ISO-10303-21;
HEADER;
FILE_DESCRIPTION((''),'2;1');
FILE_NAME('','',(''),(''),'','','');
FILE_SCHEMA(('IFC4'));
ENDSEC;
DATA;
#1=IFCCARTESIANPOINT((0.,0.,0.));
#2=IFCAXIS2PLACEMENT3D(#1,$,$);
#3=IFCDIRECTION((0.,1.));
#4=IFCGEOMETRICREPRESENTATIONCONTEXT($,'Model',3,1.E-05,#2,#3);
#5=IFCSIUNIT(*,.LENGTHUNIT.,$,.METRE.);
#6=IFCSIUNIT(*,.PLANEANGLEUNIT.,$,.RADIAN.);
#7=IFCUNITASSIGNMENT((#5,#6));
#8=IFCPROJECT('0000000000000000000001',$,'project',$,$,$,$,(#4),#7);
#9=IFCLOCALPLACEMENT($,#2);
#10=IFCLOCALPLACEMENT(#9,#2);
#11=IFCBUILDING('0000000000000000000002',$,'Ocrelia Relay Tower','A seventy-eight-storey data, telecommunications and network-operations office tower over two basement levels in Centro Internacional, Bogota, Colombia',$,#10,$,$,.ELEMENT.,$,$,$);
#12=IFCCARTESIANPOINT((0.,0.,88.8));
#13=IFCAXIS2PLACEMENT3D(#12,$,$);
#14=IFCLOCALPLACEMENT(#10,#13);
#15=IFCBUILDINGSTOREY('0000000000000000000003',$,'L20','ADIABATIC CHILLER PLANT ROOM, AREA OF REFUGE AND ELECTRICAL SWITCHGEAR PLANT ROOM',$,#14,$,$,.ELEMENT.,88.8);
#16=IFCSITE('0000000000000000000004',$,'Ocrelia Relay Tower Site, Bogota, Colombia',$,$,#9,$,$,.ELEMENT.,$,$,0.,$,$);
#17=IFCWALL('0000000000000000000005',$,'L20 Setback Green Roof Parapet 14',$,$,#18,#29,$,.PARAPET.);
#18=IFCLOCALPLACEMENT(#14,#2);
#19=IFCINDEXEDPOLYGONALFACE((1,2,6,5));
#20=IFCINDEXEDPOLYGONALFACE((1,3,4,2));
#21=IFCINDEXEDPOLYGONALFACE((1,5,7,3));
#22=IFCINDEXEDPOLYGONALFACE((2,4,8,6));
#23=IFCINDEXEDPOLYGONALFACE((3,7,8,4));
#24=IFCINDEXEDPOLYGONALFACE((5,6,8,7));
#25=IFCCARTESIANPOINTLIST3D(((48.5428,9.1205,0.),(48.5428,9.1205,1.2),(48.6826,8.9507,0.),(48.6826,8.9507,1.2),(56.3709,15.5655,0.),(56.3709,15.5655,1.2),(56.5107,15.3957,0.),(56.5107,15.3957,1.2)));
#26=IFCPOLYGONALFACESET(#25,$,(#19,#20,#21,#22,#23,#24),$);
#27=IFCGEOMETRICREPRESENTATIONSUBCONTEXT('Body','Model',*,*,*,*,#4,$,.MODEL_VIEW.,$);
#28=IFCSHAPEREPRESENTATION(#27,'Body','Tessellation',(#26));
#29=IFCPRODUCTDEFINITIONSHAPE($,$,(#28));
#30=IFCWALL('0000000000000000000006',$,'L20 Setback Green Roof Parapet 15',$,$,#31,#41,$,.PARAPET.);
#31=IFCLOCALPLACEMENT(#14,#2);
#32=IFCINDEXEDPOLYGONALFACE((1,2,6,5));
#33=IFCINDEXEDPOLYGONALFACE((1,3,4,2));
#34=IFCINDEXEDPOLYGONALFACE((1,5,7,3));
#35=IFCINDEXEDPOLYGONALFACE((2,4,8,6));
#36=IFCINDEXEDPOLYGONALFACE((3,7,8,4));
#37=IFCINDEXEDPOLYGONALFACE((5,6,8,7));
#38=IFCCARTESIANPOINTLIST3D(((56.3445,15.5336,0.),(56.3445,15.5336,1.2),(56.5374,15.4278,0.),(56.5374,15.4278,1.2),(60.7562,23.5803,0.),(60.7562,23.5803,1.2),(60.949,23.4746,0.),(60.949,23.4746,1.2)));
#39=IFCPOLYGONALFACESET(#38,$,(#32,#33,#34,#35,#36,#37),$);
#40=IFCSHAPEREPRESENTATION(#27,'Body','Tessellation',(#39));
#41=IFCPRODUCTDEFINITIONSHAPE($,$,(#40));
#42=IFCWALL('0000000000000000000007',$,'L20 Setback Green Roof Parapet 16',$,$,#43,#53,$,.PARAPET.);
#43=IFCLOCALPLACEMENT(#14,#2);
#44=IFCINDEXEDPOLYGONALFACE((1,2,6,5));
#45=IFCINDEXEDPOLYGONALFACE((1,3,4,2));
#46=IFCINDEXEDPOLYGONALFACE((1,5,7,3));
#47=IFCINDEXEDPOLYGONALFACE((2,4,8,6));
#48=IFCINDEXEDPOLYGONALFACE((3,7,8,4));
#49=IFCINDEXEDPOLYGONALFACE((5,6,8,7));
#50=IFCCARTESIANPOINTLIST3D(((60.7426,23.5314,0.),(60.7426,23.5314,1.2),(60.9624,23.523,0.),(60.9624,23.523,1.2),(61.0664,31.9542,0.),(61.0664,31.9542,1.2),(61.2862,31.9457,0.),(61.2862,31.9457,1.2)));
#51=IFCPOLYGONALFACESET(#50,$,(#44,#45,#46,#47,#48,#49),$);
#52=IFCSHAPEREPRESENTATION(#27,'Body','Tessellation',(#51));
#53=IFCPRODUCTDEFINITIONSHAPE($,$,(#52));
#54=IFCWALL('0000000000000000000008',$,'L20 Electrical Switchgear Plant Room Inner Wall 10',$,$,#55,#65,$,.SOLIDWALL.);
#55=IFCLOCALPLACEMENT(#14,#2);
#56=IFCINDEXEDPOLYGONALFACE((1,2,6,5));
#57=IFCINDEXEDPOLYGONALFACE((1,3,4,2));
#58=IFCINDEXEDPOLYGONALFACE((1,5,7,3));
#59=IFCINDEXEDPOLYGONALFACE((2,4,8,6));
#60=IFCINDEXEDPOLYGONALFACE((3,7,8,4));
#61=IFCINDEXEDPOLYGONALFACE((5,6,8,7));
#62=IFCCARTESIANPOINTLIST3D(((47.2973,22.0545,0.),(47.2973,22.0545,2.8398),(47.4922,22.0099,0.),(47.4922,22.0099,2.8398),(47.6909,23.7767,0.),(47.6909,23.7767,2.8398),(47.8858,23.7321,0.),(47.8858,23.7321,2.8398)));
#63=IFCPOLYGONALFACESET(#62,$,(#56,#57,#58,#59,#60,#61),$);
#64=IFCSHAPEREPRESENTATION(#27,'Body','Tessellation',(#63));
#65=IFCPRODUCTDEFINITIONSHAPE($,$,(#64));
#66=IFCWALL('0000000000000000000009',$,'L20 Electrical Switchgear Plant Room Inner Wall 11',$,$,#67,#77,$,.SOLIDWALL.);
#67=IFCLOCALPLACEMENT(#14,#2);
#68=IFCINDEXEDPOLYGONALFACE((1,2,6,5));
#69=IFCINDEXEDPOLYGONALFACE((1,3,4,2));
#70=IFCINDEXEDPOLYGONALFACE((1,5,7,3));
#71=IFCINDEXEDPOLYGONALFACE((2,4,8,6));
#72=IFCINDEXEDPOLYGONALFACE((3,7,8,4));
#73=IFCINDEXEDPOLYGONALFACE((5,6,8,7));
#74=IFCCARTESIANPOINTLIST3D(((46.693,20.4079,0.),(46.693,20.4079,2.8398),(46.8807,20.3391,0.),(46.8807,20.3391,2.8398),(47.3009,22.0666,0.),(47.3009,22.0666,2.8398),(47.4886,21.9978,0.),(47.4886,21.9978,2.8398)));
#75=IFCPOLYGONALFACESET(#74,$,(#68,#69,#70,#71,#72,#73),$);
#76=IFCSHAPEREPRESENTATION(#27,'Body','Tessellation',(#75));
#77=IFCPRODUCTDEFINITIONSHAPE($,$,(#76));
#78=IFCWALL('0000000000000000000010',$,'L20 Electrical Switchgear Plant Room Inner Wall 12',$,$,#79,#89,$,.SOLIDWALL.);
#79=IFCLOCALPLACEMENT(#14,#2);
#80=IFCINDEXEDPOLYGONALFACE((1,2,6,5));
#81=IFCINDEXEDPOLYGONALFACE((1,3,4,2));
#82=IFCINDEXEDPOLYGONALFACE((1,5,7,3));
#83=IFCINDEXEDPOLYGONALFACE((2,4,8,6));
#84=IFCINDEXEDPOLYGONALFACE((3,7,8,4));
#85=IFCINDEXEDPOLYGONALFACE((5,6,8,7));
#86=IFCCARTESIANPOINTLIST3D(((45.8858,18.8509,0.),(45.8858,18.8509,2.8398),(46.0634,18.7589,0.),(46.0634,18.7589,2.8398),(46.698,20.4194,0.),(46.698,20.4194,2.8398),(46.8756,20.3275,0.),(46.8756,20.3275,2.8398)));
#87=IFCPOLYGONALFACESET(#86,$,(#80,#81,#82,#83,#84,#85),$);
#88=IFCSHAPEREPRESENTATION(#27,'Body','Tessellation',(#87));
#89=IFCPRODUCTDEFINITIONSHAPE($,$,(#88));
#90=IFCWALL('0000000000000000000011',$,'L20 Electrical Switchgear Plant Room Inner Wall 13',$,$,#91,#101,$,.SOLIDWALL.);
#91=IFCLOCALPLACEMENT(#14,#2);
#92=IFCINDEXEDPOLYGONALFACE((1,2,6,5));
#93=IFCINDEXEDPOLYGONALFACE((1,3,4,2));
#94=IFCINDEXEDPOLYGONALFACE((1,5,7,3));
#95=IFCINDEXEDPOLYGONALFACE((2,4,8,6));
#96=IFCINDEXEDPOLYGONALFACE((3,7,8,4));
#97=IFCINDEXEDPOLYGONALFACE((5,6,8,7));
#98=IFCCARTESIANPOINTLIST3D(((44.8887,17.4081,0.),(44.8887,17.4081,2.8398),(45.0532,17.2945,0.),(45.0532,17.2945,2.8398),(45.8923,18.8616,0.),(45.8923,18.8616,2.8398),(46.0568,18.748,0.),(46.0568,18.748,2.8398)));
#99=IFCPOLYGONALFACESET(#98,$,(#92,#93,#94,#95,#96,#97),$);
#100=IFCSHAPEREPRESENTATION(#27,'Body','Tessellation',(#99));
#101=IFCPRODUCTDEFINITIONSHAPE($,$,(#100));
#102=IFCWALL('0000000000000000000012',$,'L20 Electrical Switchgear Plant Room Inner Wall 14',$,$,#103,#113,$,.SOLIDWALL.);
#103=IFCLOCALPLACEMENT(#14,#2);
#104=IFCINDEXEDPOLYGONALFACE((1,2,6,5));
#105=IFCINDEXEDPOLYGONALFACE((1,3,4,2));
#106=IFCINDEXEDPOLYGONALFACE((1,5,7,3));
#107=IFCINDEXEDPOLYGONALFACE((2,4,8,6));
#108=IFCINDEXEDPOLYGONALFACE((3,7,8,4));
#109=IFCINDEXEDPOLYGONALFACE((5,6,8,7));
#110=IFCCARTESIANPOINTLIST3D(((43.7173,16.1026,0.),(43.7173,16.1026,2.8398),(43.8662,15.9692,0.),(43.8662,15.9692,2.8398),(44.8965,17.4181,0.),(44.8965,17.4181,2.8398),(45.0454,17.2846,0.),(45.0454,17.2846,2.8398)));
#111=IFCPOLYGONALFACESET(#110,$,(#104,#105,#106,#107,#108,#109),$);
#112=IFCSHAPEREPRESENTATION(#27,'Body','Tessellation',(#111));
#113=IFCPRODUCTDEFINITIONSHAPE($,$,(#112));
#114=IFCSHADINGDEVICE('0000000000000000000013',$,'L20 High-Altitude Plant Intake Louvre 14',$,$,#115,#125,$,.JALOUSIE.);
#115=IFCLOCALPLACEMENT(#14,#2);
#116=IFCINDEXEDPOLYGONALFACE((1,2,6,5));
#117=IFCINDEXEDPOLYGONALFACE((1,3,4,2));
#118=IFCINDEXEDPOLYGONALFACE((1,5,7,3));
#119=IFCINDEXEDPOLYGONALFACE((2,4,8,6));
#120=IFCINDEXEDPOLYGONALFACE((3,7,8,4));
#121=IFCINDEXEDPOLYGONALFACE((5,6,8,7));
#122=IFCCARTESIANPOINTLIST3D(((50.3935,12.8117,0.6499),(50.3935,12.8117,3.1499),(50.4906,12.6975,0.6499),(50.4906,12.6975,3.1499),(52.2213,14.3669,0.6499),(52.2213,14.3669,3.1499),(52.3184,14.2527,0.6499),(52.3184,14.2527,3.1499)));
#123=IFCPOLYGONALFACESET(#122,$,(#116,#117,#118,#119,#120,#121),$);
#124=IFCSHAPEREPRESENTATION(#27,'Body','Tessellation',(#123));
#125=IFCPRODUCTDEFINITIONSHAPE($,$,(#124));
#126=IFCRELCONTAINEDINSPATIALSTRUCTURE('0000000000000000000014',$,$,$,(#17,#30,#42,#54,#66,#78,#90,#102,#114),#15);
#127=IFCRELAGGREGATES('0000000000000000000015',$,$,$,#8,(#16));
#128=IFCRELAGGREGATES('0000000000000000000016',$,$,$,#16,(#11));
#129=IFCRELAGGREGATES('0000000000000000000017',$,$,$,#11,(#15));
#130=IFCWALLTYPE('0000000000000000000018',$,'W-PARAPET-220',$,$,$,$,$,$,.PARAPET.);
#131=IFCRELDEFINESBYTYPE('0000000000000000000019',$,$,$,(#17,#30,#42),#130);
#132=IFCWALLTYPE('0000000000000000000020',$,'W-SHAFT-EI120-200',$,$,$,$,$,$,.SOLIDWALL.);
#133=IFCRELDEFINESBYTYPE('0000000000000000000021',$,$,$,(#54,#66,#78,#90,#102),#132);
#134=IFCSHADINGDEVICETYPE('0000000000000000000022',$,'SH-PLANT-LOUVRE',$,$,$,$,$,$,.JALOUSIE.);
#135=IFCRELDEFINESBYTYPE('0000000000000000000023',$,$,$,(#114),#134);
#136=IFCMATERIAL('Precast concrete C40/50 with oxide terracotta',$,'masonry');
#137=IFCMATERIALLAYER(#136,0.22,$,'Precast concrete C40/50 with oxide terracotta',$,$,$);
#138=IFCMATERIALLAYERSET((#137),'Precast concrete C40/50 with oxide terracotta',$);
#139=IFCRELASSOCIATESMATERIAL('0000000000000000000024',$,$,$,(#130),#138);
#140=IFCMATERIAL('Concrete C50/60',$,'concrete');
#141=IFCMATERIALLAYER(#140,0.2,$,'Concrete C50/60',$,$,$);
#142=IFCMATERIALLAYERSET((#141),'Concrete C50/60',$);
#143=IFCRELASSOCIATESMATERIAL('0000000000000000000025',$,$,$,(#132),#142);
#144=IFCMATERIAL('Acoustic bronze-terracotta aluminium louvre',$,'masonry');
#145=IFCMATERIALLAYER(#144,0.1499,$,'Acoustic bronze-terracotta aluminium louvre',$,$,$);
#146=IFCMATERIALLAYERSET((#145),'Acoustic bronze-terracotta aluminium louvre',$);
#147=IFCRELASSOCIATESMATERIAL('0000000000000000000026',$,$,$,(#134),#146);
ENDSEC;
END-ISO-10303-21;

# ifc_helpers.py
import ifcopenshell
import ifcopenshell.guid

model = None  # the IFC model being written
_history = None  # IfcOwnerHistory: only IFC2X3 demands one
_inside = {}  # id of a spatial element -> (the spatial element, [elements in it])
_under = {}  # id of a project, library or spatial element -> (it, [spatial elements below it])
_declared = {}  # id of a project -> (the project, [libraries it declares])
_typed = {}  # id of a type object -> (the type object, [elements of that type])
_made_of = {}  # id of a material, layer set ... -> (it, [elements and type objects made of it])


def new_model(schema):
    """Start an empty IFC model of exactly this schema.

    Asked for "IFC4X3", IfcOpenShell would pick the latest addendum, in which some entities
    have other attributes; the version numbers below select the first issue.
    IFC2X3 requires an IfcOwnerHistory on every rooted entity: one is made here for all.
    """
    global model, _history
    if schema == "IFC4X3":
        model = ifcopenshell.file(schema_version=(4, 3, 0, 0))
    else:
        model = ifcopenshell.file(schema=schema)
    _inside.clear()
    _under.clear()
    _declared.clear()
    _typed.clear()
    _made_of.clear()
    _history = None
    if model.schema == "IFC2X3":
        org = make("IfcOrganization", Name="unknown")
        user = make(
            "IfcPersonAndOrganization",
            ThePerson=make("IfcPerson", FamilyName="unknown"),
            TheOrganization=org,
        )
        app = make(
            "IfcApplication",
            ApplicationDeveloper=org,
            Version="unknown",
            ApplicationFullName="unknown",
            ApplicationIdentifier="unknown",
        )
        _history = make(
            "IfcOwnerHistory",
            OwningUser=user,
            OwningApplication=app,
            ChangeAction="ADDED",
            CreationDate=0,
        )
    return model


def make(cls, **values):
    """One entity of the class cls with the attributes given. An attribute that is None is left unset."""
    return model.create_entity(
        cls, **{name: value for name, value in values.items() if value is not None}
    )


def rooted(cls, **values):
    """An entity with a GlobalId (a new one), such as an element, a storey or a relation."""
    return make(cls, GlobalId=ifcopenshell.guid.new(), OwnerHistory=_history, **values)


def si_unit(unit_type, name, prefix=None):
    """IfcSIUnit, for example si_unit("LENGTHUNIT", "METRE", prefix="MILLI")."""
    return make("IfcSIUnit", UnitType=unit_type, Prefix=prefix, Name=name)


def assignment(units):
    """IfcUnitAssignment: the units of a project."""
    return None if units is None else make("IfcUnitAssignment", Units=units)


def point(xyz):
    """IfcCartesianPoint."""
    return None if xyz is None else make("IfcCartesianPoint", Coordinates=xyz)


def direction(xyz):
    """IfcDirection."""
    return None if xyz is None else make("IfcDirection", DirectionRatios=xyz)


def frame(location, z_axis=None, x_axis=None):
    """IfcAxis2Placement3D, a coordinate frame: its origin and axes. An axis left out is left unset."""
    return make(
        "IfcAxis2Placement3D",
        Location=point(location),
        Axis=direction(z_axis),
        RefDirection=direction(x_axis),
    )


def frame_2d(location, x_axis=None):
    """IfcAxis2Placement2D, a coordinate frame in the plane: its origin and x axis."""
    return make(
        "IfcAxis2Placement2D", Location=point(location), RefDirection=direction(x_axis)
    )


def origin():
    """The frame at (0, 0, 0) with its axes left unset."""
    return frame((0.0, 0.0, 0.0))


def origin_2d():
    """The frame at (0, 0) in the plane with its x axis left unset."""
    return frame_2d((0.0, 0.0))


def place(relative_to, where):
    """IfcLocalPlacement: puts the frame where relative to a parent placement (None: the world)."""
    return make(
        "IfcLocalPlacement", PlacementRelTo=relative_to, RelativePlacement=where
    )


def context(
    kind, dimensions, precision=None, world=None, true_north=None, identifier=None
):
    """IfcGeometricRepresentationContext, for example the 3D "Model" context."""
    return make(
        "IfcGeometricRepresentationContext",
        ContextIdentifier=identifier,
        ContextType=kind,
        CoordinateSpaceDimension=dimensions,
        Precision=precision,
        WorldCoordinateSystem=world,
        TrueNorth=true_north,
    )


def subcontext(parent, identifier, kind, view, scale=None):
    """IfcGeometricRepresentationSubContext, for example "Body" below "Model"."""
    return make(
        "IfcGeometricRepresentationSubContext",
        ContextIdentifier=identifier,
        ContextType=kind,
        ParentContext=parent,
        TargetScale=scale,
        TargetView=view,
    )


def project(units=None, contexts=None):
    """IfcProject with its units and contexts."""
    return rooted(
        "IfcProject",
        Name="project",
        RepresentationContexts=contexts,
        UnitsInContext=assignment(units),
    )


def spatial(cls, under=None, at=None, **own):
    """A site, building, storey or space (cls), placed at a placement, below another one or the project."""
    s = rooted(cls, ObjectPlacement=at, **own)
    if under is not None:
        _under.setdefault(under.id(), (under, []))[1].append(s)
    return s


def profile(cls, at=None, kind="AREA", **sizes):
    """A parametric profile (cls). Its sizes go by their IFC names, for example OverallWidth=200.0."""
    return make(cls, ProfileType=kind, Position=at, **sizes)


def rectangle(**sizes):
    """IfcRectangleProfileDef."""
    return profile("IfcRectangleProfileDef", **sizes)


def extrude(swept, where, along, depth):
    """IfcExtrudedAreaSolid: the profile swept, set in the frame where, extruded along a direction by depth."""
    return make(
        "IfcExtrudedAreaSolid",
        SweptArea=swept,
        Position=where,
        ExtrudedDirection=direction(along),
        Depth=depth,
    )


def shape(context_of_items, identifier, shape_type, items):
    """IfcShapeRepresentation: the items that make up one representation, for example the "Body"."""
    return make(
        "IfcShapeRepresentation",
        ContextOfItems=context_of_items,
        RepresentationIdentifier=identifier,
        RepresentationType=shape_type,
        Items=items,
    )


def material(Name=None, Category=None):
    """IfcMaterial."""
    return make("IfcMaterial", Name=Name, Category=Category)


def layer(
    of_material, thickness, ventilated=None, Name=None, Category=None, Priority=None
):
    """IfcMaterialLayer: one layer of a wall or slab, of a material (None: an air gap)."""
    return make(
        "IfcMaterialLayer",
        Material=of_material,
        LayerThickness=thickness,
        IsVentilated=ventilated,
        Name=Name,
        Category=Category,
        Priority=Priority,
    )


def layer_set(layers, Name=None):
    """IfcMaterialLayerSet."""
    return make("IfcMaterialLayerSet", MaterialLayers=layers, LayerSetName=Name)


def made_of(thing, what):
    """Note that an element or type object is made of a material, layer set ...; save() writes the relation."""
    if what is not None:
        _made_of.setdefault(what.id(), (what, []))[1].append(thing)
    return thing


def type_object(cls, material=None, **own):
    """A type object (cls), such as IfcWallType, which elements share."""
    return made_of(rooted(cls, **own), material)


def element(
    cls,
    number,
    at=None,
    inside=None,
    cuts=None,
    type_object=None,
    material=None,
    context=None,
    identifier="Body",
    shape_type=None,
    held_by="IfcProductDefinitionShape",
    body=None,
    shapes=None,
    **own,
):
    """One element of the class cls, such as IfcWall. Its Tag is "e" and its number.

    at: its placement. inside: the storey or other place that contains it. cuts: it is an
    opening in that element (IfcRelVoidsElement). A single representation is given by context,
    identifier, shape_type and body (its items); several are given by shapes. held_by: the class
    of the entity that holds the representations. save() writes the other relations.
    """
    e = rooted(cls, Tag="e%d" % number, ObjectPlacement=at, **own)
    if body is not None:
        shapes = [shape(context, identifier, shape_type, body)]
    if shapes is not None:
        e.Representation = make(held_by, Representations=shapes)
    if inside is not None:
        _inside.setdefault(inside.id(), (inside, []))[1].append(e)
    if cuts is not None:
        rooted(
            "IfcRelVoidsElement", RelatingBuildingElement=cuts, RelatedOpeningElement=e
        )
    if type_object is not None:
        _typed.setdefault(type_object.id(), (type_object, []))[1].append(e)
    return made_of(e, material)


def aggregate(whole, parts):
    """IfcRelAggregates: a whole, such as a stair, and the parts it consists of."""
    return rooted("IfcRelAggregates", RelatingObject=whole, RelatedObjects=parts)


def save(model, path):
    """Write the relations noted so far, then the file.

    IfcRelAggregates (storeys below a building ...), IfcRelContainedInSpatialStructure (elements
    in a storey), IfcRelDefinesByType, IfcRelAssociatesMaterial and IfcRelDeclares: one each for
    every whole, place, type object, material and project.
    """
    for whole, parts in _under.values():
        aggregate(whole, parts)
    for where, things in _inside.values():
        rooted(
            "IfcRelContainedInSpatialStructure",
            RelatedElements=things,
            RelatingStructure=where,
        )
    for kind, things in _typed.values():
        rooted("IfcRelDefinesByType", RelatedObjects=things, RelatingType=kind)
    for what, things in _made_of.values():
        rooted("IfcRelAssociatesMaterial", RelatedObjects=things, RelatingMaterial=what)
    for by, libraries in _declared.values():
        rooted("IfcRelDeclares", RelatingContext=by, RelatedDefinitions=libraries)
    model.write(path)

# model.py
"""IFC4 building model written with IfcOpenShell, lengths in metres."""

from ifc_helpers import new_model, si_unit, direction, frame, frame_2d, origin, origin_2d, place, context, subcontext, project, spatial, rectangle, extrude, material, layer, layer_set, type_object, element, save


model = new_model("IFC4")

# Units and contexts
model_context = context("Model", 3, precision=1e-05, world=origin(), true_north=direction((0.0, 1.0)))
body_context = subcontext(model_context, "Body", "Model", "MODEL_VIEW")
ifc_project = project(units=[si_unit("LENGTHUNIT", "METRE"), si_unit("PLANEANGLEUNIT", "RADIAN")], contexts=[model_context])

# Site, building, storey
site_placement = place(None, origin())
site = spatial("IfcSite", under=ifc_project, at=site_placement, Name="Ocrelia Relay Tower Site, Bogota, Colombia", CompositionType="ELEMENT", RefElevation=0.0)
building_placement = place(site_placement, origin())
building = spatial("IfcBuilding", under=site, at=building_placement, Name="Ocrelia Relay Tower", Description="A seventy-eight-storey data, telecommunications and network-operations office tower over two basement levels in Centro Internacional, Bogota, Colombia", CompositionType="ELEMENT")
storey_placement = place(building_placement, frame((0.0, 0.0, 88.8)))
storey = spatial("IfcBuildingStorey", under=building, at=storey_placement, Name="L20", Description="ADIABATIC CHILLER PLANT ROOM, AREA OF REFUGE AND ELECTRICAL SWITCHGEAR PLANT ROOM", CompositionType="ELEMENT", Elevation=88.8)

# Walls
ifc_material_1 = material(Name="Precast concrete C40/50 with oxide terracotta", Category="masonry")
ifc_layer_1 = layer(ifc_material_1, 0.22, Name="Precast concrete C40/50 with oxide terracotta")
ifc_layer_set_1 = layer_set([ifc_layer_1], Name="Precast concrete C40/50 with oxide terracotta")
wall_type_1 = type_object("IfcWallType", Name="W-PARAPET-220", PredefinedType="PARAPET", material=ifc_layer_set_1)
wall_1_placement = place(storey_placement, frame((48.6128, 9.0356, 0.0), z_axis=(0.0, 0.0, 1.0), x_axis=(0.772009, 0.635612, 0.0)))
element("IfcWall", 1, at=wall_1_placement, inside=storey, type_object=wall_type_1, Name="L20 Setback Green Roof Parapet 14", PredefinedType="PARAPET", context=body_context, shape_type="SweptSolid", body=[
    extrude(rectangle(XDim=10.1399, YDim=0.22, at=frame_2d((5.0698, 0.0))), origin(), (0.0, 0.0, 1.0), 1.2),
])
wall_2_placement = place(storey_placement, frame((56.4409, 15.4807, 0.0), z_axis=(0.0, 0.0, 1.0), x_axis=(0.480745, 0.876861, 0.0)))
element("IfcWall", 2, at=wall_2_placement, inside=storey, type_object=wall_type_1, Name="L20 Setback Green Roof Parapet 15", PredefinedType="PARAPET", context=body_context, shape_type="SweptSolid", body=[
    extrude(rectangle(XDim=9.1768, YDim=0.22, at=frame_2d((4.5884, 0.0))), origin(), (0.0, 0.0, 1.0), 1.2),
])
wall_3_placement = place(storey_placement, frame((60.8525, 23.5273, 0.0), z_axis=(0.0, 0.0, 1.0), x_axis=(0.038406, 0.999262, 0.0)))
element("IfcWall", 3, at=wall_3_placement, inside=storey, type_object=wall_type_1, Name="L20 Setback Green Roof Parapet 16", PredefinedType="PARAPET", context=body_context, shape_type="SweptSolid", body=[
    extrude(rectangle(XDim=8.429, YDim=0.22, at=frame_2d((4.2144, 0.0))), origin(), (0.0, 0.0, 1.0), 1.2),
])
ifc_material_2 = material(Name="Concrete C50/60", Category="concrete")
ifc_layer_2 = layer(ifc_material_2, 0.2, Name="Concrete C50/60")
ifc_layer_set_2 = layer_set([ifc_layer_2], Name="Concrete C50/60")
wall_type_2 = type_object("IfcWallType", Name="W-SHAFT-EI120-200", PredefinedType="SOLIDWALL", material=ifc_layer_set_2)
for number, where, z_axis, x_axis, name in (
    (4, (47.7883, 23.7544, 0.0), (0.0, 0.0, 1.0), (-0.22278, -0.974869, 0.0), "L20 Electrical Switchgear Plant Room Inner Wall 10"),
    (5, (47.3948, 22.0322, 0.0), (0.0, 0.0, 1.0), (-0.344117, -0.938927, 0.0), "L20 Electrical Switchgear Plant Room Inner Wall 11"),
):
    element("IfcWall", number, at=place(storey_placement, frame(where, z_axis=z_axis, x_axis=x_axis)), inside=storey, type_object=wall_type_2, Name=name, PredefinedType="SOLIDWALL", context=body_context, shape_type="SweptSolid", body=[
        extrude(rectangle(XDim=1.7666, YDim=0.2, at=frame_2d((0.8833, 0.0))), origin(), (0.0, 0.0, 1.0), 2.8398),
    ])
for number, where, z_axis, x_axis, name in (
    (6, (46.7869, 20.3735, 0.0), (0.0, 0.0, 1.0), (-0.459829, -0.888008, 0.0), "L20 Electrical Switchgear Plant Room Inner Wall 12"),
    (7, (45.9746, 18.8049, 0.0), (0.0, 0.0, 1.0), (-0.568182, -0.822903, 0.0), "L20 Electrical Switchgear Plant Room Inner Wall 13"),
):
    element("IfcWall", number, at=place(storey_placement, frame(where, z_axis=z_axis, x_axis=x_axis)), inside=storey, type_object=wall_type_2, Name=name, PredefinedType="SOLIDWALL", context=body_context, shape_type="SweptSolid", body=[
        extrude(rectangle(XDim=1.7664, YDim=0.2, at=frame_2d((0.8833, 0.0))), origin(), (0.0, 0.0, 1.0), 2.8398),
    ])
wall_4_placement = place(storey_placement, frame((44.9709, 17.3513, 0.0), z_axis=(0.0, 0.0, 1.0), x_axis=(-0.667497, -0.744612, 0.0)))
element("IfcWall", 8, at=wall_4_placement, inside=storey, type_object=wall_type_2, Name="L20 Electrical Switchgear Plant Room Inner Wall 14", PredefinedType="SOLIDWALL", context=body_context, shape_type="SweptSolid", body=[
    extrude(rectangle(XDim=1.7666, YDim=0.2, at=frame_2d((0.8833, 0.0))), origin(), (0.0, 0.0, 1.0), 2.8398),
])

# Shading device
ifc_material_3 = material(Name="Acoustic bronze-terracotta aluminium louvre", Category="masonry")
ifc_layer_3 = layer(ifc_material_3, 0.1499, Name="Acoustic bronze-terracotta aluminium louvre")
ifc_layer_set_3 = layer_set([ifc_layer_3], Name="Acoustic bronze-terracotta aluminium louvre")
shading_device_type = type_object("IfcShadingDeviceType", Name="SH-PLANT-LOUVRE", PredefinedType="JALOUSIE", material=ifc_layer_set_3)
shading_device_placement = place(storey_placement, frame((51.356, 13.5322, 0.6499), z_axis=(0.0, 0.0, 1.0), x_axis=(0.761614, 0.648031, 0.0)))
element("IfcShadingDevice", 9, at=shading_device_placement, inside=storey, type_object=shading_device_type, Name="L20 High-Altitude Plant Intake Louvre 14", PredefinedType="JALOUSIE", context=body_context, shape_type="SweptSolid", body=[
    extrude(rectangle(XDim=2.3999, YDim=0.1499, at=origin_2d()), origin(), (0.0, 0.0, 1.0), 2.5),
])

save(model, "model.ifc")
